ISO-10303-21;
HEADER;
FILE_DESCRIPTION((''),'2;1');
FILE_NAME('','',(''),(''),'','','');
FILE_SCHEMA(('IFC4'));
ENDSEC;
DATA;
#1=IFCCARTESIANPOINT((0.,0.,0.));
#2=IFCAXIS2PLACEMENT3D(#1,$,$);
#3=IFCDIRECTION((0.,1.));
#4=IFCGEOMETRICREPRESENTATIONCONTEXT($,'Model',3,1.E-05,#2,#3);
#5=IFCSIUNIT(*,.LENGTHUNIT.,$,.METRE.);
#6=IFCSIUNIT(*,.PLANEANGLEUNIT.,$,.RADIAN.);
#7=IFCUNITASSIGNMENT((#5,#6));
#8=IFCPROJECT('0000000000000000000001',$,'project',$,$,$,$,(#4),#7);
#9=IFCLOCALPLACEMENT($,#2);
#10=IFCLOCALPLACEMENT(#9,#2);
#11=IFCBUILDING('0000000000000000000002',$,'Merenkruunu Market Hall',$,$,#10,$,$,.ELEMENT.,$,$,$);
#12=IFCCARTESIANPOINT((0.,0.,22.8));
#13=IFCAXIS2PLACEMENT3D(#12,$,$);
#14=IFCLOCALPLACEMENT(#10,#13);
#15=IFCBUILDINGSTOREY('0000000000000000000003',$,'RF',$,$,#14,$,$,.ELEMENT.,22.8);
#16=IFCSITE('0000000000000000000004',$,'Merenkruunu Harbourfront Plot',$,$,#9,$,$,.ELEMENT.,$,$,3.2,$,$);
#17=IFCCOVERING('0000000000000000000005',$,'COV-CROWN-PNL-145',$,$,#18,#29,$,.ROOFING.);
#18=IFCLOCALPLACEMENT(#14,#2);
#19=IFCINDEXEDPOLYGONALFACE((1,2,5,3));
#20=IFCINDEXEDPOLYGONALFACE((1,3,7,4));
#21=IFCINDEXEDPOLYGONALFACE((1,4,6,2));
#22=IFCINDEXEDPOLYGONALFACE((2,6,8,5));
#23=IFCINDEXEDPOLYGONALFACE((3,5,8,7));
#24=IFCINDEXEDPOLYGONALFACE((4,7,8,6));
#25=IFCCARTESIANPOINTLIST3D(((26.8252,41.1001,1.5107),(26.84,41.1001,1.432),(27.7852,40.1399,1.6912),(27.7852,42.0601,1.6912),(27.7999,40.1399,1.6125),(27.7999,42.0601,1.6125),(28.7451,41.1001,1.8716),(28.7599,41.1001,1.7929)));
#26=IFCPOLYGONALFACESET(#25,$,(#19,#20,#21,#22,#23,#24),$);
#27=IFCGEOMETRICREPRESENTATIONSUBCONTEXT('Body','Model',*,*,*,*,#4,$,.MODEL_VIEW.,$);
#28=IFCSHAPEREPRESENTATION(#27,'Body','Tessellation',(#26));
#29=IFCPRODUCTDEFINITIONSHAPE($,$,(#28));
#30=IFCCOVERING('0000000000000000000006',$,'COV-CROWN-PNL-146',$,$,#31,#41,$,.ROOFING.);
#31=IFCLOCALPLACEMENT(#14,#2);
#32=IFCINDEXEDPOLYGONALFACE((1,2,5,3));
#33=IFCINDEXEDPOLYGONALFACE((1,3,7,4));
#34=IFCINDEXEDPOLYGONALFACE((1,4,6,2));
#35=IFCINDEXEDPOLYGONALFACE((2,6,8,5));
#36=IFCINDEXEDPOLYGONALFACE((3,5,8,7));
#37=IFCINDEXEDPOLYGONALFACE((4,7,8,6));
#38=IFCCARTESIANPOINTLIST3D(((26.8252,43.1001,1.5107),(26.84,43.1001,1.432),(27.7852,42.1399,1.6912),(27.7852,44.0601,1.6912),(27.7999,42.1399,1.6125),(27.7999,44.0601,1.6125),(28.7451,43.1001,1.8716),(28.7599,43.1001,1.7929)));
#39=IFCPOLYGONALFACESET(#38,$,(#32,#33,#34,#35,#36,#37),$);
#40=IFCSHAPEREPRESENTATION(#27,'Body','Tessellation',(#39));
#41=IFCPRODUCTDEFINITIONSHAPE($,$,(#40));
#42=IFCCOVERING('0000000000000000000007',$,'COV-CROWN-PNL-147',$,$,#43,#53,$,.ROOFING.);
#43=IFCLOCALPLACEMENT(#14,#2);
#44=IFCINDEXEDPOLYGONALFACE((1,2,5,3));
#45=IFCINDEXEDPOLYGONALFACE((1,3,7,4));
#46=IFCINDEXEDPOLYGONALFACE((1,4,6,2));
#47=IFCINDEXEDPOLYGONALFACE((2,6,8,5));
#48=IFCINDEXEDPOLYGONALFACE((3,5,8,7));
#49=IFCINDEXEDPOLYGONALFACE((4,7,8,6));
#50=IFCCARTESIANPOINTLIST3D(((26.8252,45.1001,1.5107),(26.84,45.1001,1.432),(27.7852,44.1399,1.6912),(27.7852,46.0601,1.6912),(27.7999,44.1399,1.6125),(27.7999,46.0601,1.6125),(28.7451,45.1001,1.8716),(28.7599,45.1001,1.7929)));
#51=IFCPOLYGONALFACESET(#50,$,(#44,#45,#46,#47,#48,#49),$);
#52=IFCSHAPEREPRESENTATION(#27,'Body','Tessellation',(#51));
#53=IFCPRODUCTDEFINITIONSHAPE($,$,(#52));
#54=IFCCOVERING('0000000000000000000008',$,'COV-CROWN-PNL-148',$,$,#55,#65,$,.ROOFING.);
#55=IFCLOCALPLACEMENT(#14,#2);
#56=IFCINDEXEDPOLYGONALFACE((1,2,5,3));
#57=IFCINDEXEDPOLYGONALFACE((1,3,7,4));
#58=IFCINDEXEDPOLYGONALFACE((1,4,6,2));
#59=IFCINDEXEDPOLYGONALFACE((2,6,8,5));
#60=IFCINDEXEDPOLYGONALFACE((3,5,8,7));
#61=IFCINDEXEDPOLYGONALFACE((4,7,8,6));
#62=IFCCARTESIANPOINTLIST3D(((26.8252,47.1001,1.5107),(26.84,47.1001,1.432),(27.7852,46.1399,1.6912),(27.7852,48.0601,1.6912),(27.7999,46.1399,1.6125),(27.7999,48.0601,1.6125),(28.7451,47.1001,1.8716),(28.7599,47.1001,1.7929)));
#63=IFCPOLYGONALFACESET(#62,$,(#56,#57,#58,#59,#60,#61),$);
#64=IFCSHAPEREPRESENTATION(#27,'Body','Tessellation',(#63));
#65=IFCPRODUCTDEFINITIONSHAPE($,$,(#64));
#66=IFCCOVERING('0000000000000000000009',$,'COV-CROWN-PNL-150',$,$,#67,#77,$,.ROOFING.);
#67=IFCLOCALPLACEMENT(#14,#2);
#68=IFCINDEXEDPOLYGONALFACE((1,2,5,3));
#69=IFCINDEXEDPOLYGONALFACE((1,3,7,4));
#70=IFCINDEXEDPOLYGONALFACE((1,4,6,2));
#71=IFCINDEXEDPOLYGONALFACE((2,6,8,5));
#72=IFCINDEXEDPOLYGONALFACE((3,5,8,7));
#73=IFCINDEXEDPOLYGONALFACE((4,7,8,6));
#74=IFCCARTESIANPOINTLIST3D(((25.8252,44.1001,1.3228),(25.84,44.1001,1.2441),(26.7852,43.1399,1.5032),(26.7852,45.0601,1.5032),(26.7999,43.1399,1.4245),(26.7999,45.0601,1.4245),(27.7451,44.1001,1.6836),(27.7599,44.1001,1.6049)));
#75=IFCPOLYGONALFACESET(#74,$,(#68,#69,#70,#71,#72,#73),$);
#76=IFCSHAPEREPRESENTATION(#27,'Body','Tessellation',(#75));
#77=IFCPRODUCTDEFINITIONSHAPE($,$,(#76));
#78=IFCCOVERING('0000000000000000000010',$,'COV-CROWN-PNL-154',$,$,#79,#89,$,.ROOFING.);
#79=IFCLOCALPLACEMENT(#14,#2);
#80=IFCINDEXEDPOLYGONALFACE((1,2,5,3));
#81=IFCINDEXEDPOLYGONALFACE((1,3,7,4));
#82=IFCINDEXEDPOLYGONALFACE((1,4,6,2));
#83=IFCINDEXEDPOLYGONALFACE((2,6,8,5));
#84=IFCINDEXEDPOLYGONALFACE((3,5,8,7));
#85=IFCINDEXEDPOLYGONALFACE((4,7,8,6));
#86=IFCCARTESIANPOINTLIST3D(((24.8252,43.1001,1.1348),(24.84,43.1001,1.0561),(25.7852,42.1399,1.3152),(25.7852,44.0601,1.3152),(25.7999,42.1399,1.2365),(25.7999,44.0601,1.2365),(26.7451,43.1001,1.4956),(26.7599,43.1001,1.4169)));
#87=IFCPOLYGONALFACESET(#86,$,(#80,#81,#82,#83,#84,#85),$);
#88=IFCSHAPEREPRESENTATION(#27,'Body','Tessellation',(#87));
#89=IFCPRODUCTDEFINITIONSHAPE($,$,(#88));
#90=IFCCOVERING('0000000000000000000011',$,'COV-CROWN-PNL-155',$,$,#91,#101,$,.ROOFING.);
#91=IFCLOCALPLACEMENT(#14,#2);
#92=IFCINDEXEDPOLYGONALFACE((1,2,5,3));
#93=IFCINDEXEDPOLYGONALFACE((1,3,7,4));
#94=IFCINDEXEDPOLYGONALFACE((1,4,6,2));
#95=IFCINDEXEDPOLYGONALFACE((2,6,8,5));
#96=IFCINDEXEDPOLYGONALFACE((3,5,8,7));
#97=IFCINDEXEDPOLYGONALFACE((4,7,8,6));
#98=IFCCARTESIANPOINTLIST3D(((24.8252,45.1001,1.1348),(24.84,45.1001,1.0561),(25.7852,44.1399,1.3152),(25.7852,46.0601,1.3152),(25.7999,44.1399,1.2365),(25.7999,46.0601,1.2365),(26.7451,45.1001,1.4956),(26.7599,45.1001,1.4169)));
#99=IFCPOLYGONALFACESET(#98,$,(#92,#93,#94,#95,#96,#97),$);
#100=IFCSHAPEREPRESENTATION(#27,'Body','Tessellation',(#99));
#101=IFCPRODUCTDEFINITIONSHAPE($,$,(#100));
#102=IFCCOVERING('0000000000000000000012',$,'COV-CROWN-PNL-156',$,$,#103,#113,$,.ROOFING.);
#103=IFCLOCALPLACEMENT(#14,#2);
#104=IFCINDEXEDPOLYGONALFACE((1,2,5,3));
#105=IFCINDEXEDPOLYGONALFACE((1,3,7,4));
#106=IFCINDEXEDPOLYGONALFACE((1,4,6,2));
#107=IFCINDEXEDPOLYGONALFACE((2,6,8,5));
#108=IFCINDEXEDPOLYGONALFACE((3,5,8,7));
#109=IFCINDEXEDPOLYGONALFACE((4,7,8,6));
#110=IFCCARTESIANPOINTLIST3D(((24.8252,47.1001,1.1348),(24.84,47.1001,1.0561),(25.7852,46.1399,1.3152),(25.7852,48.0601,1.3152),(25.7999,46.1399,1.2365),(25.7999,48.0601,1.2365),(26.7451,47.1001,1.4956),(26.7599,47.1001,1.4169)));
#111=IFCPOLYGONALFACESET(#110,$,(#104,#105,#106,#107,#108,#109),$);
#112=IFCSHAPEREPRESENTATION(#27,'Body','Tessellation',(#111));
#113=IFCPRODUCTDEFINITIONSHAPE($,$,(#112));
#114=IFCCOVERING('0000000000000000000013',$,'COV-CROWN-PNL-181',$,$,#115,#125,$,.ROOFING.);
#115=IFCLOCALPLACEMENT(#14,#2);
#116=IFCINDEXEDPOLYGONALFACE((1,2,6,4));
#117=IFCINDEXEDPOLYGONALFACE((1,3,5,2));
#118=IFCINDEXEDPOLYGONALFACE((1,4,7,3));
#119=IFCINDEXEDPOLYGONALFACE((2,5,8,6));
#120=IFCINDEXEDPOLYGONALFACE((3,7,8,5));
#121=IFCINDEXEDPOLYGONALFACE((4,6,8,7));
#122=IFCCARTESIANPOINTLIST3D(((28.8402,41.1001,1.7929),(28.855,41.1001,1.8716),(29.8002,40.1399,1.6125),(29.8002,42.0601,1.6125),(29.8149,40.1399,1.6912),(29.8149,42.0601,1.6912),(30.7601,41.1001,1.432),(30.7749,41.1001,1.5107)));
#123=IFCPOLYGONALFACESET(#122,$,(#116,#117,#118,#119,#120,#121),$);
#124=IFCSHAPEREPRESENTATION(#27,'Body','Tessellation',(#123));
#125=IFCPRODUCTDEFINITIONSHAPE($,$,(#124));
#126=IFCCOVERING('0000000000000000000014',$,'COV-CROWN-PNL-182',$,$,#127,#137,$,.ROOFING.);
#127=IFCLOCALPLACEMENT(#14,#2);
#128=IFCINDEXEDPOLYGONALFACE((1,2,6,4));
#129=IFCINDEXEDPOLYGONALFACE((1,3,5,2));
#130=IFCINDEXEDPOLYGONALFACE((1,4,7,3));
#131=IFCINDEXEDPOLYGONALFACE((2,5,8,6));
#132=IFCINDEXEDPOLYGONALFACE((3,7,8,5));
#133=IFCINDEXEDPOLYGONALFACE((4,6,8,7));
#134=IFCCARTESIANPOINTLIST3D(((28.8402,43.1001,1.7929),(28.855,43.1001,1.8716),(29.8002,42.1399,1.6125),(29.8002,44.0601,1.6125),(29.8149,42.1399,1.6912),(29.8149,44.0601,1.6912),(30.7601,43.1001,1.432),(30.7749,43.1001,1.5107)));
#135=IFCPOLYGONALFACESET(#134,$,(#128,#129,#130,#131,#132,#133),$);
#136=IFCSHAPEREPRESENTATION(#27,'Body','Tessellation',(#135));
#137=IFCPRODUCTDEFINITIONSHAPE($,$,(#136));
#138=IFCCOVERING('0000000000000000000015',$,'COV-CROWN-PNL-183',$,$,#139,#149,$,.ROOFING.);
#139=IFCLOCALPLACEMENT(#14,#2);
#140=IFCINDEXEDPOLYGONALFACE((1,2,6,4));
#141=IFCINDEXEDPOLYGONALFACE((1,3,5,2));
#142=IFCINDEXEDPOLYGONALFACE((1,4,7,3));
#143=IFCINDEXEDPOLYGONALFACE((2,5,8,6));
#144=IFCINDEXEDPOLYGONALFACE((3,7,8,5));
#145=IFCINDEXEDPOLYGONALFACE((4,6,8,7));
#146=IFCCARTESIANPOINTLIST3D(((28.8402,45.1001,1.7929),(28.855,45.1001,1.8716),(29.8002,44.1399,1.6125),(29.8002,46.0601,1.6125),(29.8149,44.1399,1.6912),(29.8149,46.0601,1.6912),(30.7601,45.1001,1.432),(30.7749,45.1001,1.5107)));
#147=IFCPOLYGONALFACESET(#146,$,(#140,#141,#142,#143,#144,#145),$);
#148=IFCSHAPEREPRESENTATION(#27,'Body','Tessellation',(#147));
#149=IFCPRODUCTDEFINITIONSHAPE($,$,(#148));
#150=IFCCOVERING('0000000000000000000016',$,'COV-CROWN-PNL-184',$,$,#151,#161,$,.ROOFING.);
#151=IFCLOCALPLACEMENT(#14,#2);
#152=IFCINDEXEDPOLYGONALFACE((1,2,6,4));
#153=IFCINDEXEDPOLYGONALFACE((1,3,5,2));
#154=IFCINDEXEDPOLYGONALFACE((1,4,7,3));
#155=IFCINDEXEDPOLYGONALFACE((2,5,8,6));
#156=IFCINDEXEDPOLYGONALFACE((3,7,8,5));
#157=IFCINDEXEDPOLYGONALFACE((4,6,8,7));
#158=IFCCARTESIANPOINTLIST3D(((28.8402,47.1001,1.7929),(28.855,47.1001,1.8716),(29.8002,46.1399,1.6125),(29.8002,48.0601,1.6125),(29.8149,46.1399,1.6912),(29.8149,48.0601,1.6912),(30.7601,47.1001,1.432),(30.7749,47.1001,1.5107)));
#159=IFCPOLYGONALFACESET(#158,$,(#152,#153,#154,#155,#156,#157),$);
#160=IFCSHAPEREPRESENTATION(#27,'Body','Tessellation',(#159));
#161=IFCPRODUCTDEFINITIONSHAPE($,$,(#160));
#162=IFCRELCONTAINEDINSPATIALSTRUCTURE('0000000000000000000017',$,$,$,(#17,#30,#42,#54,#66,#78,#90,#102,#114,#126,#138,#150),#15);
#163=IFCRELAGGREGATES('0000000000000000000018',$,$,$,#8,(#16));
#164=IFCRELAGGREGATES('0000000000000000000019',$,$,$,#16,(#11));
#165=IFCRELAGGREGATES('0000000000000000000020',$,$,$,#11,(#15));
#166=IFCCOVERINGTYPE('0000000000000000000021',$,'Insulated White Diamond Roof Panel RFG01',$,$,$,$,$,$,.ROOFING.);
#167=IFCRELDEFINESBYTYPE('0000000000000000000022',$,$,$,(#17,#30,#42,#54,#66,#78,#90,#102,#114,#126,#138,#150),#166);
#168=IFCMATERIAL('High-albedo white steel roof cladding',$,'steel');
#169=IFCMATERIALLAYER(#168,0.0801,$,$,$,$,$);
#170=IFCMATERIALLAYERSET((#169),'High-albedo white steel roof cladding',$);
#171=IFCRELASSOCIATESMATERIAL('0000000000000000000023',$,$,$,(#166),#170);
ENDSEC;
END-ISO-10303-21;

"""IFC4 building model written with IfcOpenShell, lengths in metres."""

from ifc_helpers import new_model, si_unit, direction, frame, origin, place, context, subcontext, project, spatial, polyline, outline, extrude, material, layer, layer_set, type_object, element, save


model = new_model("IFC4")

# Units and contexts
model_context = context("Model", 3, precision=1e-05, world=origin(), true_north=direction((0.0, 1.0)))
body_context = subcontext(model_context, "Body", "Model", "MODEL_VIEW")
ifc_project = project(units=[si_unit("LENGTHUNIT", "METRE"), si_unit("PLANEANGLEUNIT", "RADIAN")], contexts=[model_context])

# Site, building, storey
site_placement = place(None, origin())
site = spatial("IfcSite", under=ifc_project, at=site_placement, Name="Merenkruunu Harbourfront Plot", CompositionType="ELEMENT", RefElevation=3.2)
building_placement = place(site_placement, origin())
building = spatial("IfcBuilding", under=site, at=building_placement, Name="Merenkruunu Market Hall", CompositionType="ELEMENT")
storey_placement = place(building_placement, frame((0.0, 0.0, 22.8)))
storey = spatial("IfcBuildingStorey", under=building, at=storey_placement, Name="RF", CompositionType="ELEMENT", Elevation=22.8)

# Coverings
ifc_material_1 = material(Name="High-albedo white steel roof cladding", Category="steel")
ifc_layer = layer(ifc_material_1, 0.0801)
ifc_layer_set = layer_set([ifc_layer], Name="High-albedo white steel roof cladding")
covering_type = type_object("IfcCoveringType", Name="Insulated White Diamond Roof Panel RFG01", PredefinedType="ROOFING", material=ifc_layer_set)
for number, where, z_axis, x_axis, name in (
    (1, (26.8252, 41.1001, 1.5107), (-0.184711, 0.0, 0.982793), (0.700856, -0.701035, 0.131722), "COV-CROWN-PNL-145"),
    (2, (26.8252, 43.1001, 1.5107), (-0.184711, 0.0, 0.982793), (0.700856, -0.701035, 0.131722), "COV-CROWN-PNL-146"),
    (3, (26.8252, 45.1001, 1.5107), (-0.184711, 0.0, 0.982793), (0.700856, -0.701035, 0.131722), "COV-CROWN-PNL-147"),
    (4, (26.8252, 47.1001, 1.5107), (-0.184711, 0.0, 0.982793), (0.700856, -0.701035, 0.131722), "COV-CROWN-PNL-148"),
    (5, (25.8252, 44.1001, 1.3228), (-0.184711, 0.0, 0.982793), (0.700856, -0.701035, 0.131722), "COV-CROWN-PNL-150"),
    (6, (24.8252, 43.1001, 1.1348), (-0.184711, 0.0, 0.982793), (0.700856, -0.701035, 0.131722), "COV-CROWN-PNL-154"),
    (7, (24.8252, 45.1001, 1.1348), (-0.184711, 0.0, 0.982793), (0.700856, -0.701035, 0.131722), "COV-CROWN-PNL-155"),
    (8, (24.8252, 47.1001, 1.1348), (-0.184711, 0.0, 0.982793), (0.700856, -0.701035, 0.131722), "COV-CROWN-PNL-156"),
    (9, (28.855, 41.1001, 1.8716), (0.184711, 0.0, 0.982793), (0.700856, -0.701035, -0.131722), "COV-CROWN-PNL-181"),
    (10, (28.855, 43.1001, 1.8716), (0.184711, 0.0, 0.982793), (0.700856, -0.701035, -0.131722), "COV-CROWN-PNL-182"),
    (11, (28.855, 45.1001, 1.8716), (0.184711, 0.0, 0.982793), (0.700856, -0.701035, -0.131722), "COV-CROWN-PNL-183"),
    (12, (28.855, 47.1001, 1.8716), (0.184711, 0.0, 0.982793), (0.700856, -0.701035, -0.131722), "COV-CROWN-PNL-184"),
):
    element("IfcCovering", number, at=place(storey_placement, frame(where, z_axis=z_axis, x_axis=x_axis)), inside=storey, type_object=covering_type, Name=name, PredefinedType="ROOFING", context=body_context, shape_type="SweptSolid", body=[
        extrude(outline(polyline([(0.0, 0.0), (1.3697, 0.0), (1.3931, 1.3695), (0.0236, 1.3693), (0.0, 0.0)])), origin(), (0.0, 0.0, -1.0), 0.0801),
    ])

save(model, "model.ifc")
